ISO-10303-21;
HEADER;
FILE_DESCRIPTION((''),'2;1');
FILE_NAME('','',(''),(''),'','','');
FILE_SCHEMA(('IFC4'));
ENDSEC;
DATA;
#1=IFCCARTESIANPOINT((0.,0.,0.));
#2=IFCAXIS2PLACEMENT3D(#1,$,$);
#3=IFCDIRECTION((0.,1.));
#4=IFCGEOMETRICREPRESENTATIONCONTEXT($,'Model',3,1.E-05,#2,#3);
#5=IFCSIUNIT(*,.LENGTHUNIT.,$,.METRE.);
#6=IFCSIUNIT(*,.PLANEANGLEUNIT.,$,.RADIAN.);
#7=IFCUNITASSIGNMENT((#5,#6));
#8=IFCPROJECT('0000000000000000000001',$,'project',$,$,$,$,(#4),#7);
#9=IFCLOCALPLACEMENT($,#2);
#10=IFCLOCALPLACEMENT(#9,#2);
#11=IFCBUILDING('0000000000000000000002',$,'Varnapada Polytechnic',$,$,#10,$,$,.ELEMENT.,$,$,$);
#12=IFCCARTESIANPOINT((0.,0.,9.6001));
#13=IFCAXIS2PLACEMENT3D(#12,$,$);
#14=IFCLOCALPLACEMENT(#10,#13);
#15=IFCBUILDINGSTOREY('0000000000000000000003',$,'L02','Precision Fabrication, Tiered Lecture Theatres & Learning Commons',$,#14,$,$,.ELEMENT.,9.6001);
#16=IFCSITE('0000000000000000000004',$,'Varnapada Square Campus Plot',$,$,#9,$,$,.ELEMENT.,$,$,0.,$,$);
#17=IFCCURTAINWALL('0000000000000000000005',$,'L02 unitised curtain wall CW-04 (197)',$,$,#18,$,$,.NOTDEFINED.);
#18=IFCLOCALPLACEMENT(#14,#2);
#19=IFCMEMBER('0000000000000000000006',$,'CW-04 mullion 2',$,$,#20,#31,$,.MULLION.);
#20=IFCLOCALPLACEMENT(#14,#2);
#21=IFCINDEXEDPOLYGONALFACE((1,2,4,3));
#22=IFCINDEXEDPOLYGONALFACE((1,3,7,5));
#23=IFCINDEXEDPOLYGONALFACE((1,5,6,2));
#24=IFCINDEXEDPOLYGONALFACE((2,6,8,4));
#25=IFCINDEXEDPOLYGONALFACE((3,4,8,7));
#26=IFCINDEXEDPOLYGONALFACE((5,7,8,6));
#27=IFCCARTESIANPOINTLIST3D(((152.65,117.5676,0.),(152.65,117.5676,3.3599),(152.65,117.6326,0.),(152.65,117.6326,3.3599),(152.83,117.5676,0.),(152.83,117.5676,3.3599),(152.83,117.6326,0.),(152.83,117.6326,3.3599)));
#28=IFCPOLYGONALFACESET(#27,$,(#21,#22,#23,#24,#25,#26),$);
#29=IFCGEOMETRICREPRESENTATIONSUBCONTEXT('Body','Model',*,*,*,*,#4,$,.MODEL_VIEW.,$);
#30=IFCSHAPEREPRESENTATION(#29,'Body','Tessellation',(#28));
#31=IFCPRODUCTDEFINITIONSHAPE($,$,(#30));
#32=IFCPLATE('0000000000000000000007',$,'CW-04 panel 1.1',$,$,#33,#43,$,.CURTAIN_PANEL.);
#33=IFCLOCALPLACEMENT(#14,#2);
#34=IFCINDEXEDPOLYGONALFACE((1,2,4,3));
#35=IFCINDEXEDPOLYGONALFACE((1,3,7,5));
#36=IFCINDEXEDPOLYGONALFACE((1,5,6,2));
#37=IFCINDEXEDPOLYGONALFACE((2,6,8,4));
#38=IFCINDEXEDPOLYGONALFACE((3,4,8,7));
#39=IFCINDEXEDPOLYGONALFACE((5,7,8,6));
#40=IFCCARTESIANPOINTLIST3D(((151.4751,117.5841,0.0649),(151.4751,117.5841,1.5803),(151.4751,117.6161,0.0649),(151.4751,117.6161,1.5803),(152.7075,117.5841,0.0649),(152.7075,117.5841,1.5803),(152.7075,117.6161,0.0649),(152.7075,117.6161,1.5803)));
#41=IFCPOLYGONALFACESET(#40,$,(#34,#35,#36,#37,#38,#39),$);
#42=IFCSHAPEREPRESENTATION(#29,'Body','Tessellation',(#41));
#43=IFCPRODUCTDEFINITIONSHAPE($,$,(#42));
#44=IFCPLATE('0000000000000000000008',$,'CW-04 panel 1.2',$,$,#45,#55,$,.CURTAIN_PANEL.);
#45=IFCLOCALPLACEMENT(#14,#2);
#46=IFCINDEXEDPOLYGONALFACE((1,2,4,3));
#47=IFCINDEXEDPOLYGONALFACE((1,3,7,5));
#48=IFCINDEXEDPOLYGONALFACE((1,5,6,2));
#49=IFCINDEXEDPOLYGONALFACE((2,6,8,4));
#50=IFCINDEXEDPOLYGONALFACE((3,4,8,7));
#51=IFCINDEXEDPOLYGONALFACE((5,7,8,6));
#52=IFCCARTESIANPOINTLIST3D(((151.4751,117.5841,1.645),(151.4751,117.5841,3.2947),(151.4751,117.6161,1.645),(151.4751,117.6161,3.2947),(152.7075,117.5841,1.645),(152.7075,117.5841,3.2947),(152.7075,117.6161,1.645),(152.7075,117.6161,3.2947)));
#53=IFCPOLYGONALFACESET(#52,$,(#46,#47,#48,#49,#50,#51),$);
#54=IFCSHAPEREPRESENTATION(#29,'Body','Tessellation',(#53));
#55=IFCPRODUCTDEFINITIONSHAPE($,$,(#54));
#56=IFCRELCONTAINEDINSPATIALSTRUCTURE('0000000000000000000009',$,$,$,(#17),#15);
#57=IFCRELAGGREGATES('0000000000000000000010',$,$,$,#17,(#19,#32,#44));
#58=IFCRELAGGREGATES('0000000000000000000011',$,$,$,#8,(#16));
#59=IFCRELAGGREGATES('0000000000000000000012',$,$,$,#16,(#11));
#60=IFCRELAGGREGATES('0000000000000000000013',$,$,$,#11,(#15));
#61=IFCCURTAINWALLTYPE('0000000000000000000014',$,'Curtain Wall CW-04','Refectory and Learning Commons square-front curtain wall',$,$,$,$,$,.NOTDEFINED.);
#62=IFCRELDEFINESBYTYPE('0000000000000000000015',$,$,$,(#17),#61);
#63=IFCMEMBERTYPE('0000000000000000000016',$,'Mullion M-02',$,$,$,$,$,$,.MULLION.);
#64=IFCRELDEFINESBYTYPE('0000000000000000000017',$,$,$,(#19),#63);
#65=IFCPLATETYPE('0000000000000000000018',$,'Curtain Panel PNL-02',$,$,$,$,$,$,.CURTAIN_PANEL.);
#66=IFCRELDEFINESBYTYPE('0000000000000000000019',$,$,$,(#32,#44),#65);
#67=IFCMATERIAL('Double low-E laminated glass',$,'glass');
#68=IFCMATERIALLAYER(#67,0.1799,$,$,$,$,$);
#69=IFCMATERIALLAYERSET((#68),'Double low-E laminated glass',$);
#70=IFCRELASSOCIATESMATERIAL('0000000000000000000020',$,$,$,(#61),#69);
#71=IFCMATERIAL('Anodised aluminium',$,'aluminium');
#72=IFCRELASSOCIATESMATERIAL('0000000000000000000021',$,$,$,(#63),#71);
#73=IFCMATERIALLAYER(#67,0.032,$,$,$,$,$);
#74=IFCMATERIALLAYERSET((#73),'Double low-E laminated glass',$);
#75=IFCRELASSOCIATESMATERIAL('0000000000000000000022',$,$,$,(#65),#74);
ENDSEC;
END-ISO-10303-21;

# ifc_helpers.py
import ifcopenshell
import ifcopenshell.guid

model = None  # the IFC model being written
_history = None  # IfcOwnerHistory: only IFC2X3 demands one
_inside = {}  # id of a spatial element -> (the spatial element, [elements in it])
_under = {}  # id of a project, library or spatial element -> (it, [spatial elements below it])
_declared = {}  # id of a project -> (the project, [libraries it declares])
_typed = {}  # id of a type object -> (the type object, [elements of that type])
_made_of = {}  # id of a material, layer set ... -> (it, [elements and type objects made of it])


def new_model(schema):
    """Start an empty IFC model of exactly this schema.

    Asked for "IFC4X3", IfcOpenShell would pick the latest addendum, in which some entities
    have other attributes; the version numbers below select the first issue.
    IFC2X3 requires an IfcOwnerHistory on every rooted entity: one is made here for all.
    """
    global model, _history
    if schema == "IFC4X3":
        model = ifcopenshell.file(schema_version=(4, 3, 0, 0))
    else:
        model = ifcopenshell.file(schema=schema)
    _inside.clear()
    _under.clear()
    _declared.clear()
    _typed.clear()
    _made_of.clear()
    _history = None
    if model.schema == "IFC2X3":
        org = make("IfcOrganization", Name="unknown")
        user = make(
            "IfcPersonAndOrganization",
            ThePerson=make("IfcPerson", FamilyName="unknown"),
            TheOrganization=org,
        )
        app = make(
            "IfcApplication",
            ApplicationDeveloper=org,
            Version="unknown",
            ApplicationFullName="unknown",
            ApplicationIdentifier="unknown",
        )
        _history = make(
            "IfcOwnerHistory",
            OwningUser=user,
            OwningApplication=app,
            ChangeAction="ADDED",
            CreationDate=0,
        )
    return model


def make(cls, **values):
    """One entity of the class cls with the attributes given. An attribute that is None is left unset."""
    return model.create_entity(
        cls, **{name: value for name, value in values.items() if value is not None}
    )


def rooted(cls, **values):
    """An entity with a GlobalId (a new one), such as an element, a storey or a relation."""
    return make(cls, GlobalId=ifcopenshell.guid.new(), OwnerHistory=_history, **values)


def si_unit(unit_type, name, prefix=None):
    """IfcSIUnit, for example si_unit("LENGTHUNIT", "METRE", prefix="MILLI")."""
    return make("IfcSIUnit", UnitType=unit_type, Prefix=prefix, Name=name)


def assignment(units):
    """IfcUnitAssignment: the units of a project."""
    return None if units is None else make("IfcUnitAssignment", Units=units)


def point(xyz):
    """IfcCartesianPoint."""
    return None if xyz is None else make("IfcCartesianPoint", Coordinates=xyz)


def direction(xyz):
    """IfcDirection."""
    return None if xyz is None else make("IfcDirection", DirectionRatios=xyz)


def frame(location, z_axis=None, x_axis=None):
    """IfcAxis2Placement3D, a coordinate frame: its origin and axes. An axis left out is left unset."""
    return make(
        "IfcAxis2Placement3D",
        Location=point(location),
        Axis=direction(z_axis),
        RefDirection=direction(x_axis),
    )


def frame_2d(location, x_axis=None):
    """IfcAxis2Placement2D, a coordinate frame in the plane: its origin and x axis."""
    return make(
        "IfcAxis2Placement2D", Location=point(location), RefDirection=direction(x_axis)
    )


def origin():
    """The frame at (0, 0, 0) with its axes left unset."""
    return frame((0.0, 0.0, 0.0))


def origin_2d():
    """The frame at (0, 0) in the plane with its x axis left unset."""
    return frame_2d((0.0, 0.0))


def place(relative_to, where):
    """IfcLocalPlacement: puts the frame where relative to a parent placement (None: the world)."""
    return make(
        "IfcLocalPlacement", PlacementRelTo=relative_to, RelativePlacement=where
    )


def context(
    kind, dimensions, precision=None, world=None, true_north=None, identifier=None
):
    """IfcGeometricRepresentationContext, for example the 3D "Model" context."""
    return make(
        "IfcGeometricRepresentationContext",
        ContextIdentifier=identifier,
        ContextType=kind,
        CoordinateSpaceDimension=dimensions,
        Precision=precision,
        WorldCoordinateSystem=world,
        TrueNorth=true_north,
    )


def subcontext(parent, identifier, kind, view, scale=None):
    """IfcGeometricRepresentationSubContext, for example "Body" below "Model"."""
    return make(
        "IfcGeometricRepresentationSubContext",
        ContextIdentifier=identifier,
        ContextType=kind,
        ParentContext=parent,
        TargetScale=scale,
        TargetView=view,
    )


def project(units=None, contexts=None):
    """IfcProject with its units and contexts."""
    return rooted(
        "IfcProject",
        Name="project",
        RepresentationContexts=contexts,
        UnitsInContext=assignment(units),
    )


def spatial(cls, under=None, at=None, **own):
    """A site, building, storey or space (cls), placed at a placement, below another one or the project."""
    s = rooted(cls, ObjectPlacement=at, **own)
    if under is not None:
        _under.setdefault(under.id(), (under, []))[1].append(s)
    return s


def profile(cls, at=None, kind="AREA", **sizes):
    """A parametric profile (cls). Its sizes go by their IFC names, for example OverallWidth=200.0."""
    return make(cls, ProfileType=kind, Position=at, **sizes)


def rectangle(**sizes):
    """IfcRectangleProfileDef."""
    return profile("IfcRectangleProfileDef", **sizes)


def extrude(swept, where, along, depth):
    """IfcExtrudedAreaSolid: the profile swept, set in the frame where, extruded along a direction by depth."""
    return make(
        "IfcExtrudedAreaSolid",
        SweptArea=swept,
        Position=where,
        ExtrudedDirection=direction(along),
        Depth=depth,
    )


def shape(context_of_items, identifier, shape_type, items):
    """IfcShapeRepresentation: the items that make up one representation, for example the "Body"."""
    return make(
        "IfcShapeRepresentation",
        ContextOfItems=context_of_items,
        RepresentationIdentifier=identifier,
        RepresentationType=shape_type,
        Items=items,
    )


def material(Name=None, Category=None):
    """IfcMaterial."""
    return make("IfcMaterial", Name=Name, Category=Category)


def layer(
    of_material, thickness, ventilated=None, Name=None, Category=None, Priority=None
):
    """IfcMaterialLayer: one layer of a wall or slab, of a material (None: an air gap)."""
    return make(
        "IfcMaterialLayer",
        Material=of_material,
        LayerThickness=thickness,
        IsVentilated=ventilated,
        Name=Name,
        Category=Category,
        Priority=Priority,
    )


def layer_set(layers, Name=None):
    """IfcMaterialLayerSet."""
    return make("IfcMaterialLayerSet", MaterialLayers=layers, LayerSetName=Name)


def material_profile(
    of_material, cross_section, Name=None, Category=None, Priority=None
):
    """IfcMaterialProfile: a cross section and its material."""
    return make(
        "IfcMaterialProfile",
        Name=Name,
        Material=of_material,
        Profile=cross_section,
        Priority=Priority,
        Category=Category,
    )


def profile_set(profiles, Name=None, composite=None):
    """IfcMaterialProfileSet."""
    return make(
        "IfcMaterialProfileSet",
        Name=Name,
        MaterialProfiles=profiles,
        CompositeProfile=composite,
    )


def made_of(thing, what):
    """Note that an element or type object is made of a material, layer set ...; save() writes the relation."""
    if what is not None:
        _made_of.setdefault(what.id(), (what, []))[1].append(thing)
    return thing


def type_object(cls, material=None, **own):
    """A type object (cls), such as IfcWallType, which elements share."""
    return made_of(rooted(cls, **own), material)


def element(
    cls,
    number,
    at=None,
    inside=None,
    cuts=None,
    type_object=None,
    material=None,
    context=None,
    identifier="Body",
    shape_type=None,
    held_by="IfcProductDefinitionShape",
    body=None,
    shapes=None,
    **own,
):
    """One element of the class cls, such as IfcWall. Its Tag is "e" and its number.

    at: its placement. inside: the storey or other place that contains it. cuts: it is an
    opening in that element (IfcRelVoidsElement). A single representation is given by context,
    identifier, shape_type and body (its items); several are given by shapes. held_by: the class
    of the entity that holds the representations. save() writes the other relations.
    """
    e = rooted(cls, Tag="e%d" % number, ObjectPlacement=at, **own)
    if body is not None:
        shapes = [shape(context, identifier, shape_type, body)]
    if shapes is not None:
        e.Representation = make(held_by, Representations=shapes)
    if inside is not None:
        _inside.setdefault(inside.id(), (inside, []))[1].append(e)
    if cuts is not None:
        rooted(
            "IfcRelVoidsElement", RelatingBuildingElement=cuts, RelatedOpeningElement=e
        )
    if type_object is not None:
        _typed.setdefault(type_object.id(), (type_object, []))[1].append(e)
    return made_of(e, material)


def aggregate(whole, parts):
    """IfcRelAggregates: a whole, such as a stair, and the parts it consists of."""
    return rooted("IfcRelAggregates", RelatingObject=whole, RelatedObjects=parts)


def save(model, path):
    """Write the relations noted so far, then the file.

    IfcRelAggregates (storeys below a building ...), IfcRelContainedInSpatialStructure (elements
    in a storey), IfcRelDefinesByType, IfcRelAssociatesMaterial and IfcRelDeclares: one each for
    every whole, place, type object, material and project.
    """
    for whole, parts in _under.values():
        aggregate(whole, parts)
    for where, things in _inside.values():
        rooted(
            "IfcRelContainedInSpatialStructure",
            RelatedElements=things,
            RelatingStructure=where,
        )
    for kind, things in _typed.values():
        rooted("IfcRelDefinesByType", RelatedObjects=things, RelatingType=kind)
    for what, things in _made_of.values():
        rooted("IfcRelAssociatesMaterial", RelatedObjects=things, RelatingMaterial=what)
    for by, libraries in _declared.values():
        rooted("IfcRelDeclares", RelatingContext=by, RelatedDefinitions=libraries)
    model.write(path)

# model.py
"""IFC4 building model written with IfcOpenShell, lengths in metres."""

from ifc_helpers import new_model, si_unit, direction, frame, origin, origin_2d, place, context, subcontext, project, spatial, rectangle, extrude, material, layer, layer_set, material_profile, profile_set, type_object, element, aggregate, save


model = new_model("IFC4")

# Units and contexts
model_context = context("Model", 3, precision=1e-05, world=origin(), true_north=direction((0.0, 1.0)))
body_context = subcontext(model_context, "Body", "Model", "MODEL_VIEW")
ifc_project = project(units=[si_unit("LENGTHUNIT", "METRE"), si_unit("PLANEANGLEUNIT", "RADIAN")], contexts=[model_context])

# Site, building, storey
site_placement = place(None, origin())
site = spatial("IfcSite", under=ifc_project, at=site_placement, Name="Varnapada Square Campus Plot", CompositionType="ELEMENT", RefElevation=0.0)
building_placement = place(site_placement, origin())
building = spatial("IfcBuilding", under=site, at=building_placement, Name="Varnapada Polytechnic", CompositionType="ELEMENT")
storey_placement = place(building_placement, frame((0.0, 0.0, 9.6001)))
storey = spatial("IfcBuildingStorey", under=building, at=storey_placement, Name="L02", Description="Precision Fabrication, Tiered Lecture Theatres & Learning Commons", CompositionType="ELEMENT", Elevation=9.6001)

# Curtain wall, member, plates
ifc_material_1 = material(Name="Double low-E laminated glass", Category="glass")
ifc_layer_1 = layer(ifc_material_1, 0.1799)
ifc_layer_set_1 = layer_set([ifc_layer_1], Name="Double low-E laminated glass")
curtain_wall_type = type_object("IfcCurtainWallType", Name="Curtain Wall CW-04", Description="Refectory and Learning Commons square-front curtain wall", PredefinedType="NOTDEFINED", material=ifc_layer_set_1)
curtain_wall_placement = place(storey_placement, origin())
curtain_wall = element("IfcCurtainWall", 1, at=curtain_wall_placement, inside=storey, type_object=curtain_wall_type, Name="L02 unitised curtain wall CW-04 (197)", PredefinedType="NOTDEFINED")
ifc_material_2 = material(Name="Anodised aluminium", Category="aluminium")
ifc_material_profile = material_profile(ifc_material_2, rectangle(XDim=0.0649, YDim=0.1799, at=origin_2d()), Name="ALU M65x180")
ifc_profile_set = profile_set([ifc_material_profile], Name="Anodised aluminium")
member_type = type_object("IfcMemberType", Name="Mullion M-02", PredefinedType="MULLION", material=ifc_profile_set)
member_placement = place(storey_placement, frame((152.74, 117.6001, 0.0), z_axis=(0.0, 0.0, 1.0), x_axis=(0.0, 1.0, 0.0)))
member = element("IfcMember", 2, at=member_placement, type_object=member_type, Name="CW-04 mullion 2", PredefinedType="MULLION", context=body_context, shape_type="SweptSolid", body=[
    extrude(rectangle(XDim=0.0649, YDim=0.1799, at=origin_2d()), origin(), (0.0, 0.0, 1.0), 3.3599),
])
ifc_layer_2 = layer(ifc_material_1, 0.032)
ifc_layer_set_2 = layer_set([ifc_layer_2], Name="Double low-E laminated glass")
plate_type = type_object("IfcPlateType", Name="Curtain Panel PNL-02", PredefinedType="CURTAIN_PANEL", material=ifc_layer_set_2)
plate_1_placement = place(storey_placement, frame((152.0913, 117.6001, 0.0649), z_axis=(0.0, 0.0, 1.0), x_axis=(1.0, 0.0, 0.0)))
plate_1 = element("IfcPlate", 3, at=plate_1_placement, type_object=plate_type, Name="CW-04 panel 1.1", PredefinedType="CURTAIN_PANEL", context=body_context, shape_type="SweptSolid", body=[
    extrude(rectangle(XDim=1.2324, YDim=0.032, at=origin_2d()), origin(), (0.0, 0.0, 1.0), 1.5154),
])
plate_2_placement = place(storey_placement, frame((152.0913, 117.6001, 1.645), z_axis=(0.0, 0.0, 1.0), x_axis=(1.0, 0.0, 0.0)))
plate_2 = element("IfcPlate", 4, at=plate_2_placement, type_object=plate_type, Name="CW-04 panel 1.2", PredefinedType="CURTAIN_PANEL", context=body_context, shape_type="SweptSolid", body=[
    extrude(rectangle(XDim=1.2324, YDim=0.032, at=origin_2d()), origin(), (0.0, 0.0, 1.0), 1.6497),
])
aggregate(curtain_wall, [member, plate_1, plate_2])

save(model, "model.ifc")
